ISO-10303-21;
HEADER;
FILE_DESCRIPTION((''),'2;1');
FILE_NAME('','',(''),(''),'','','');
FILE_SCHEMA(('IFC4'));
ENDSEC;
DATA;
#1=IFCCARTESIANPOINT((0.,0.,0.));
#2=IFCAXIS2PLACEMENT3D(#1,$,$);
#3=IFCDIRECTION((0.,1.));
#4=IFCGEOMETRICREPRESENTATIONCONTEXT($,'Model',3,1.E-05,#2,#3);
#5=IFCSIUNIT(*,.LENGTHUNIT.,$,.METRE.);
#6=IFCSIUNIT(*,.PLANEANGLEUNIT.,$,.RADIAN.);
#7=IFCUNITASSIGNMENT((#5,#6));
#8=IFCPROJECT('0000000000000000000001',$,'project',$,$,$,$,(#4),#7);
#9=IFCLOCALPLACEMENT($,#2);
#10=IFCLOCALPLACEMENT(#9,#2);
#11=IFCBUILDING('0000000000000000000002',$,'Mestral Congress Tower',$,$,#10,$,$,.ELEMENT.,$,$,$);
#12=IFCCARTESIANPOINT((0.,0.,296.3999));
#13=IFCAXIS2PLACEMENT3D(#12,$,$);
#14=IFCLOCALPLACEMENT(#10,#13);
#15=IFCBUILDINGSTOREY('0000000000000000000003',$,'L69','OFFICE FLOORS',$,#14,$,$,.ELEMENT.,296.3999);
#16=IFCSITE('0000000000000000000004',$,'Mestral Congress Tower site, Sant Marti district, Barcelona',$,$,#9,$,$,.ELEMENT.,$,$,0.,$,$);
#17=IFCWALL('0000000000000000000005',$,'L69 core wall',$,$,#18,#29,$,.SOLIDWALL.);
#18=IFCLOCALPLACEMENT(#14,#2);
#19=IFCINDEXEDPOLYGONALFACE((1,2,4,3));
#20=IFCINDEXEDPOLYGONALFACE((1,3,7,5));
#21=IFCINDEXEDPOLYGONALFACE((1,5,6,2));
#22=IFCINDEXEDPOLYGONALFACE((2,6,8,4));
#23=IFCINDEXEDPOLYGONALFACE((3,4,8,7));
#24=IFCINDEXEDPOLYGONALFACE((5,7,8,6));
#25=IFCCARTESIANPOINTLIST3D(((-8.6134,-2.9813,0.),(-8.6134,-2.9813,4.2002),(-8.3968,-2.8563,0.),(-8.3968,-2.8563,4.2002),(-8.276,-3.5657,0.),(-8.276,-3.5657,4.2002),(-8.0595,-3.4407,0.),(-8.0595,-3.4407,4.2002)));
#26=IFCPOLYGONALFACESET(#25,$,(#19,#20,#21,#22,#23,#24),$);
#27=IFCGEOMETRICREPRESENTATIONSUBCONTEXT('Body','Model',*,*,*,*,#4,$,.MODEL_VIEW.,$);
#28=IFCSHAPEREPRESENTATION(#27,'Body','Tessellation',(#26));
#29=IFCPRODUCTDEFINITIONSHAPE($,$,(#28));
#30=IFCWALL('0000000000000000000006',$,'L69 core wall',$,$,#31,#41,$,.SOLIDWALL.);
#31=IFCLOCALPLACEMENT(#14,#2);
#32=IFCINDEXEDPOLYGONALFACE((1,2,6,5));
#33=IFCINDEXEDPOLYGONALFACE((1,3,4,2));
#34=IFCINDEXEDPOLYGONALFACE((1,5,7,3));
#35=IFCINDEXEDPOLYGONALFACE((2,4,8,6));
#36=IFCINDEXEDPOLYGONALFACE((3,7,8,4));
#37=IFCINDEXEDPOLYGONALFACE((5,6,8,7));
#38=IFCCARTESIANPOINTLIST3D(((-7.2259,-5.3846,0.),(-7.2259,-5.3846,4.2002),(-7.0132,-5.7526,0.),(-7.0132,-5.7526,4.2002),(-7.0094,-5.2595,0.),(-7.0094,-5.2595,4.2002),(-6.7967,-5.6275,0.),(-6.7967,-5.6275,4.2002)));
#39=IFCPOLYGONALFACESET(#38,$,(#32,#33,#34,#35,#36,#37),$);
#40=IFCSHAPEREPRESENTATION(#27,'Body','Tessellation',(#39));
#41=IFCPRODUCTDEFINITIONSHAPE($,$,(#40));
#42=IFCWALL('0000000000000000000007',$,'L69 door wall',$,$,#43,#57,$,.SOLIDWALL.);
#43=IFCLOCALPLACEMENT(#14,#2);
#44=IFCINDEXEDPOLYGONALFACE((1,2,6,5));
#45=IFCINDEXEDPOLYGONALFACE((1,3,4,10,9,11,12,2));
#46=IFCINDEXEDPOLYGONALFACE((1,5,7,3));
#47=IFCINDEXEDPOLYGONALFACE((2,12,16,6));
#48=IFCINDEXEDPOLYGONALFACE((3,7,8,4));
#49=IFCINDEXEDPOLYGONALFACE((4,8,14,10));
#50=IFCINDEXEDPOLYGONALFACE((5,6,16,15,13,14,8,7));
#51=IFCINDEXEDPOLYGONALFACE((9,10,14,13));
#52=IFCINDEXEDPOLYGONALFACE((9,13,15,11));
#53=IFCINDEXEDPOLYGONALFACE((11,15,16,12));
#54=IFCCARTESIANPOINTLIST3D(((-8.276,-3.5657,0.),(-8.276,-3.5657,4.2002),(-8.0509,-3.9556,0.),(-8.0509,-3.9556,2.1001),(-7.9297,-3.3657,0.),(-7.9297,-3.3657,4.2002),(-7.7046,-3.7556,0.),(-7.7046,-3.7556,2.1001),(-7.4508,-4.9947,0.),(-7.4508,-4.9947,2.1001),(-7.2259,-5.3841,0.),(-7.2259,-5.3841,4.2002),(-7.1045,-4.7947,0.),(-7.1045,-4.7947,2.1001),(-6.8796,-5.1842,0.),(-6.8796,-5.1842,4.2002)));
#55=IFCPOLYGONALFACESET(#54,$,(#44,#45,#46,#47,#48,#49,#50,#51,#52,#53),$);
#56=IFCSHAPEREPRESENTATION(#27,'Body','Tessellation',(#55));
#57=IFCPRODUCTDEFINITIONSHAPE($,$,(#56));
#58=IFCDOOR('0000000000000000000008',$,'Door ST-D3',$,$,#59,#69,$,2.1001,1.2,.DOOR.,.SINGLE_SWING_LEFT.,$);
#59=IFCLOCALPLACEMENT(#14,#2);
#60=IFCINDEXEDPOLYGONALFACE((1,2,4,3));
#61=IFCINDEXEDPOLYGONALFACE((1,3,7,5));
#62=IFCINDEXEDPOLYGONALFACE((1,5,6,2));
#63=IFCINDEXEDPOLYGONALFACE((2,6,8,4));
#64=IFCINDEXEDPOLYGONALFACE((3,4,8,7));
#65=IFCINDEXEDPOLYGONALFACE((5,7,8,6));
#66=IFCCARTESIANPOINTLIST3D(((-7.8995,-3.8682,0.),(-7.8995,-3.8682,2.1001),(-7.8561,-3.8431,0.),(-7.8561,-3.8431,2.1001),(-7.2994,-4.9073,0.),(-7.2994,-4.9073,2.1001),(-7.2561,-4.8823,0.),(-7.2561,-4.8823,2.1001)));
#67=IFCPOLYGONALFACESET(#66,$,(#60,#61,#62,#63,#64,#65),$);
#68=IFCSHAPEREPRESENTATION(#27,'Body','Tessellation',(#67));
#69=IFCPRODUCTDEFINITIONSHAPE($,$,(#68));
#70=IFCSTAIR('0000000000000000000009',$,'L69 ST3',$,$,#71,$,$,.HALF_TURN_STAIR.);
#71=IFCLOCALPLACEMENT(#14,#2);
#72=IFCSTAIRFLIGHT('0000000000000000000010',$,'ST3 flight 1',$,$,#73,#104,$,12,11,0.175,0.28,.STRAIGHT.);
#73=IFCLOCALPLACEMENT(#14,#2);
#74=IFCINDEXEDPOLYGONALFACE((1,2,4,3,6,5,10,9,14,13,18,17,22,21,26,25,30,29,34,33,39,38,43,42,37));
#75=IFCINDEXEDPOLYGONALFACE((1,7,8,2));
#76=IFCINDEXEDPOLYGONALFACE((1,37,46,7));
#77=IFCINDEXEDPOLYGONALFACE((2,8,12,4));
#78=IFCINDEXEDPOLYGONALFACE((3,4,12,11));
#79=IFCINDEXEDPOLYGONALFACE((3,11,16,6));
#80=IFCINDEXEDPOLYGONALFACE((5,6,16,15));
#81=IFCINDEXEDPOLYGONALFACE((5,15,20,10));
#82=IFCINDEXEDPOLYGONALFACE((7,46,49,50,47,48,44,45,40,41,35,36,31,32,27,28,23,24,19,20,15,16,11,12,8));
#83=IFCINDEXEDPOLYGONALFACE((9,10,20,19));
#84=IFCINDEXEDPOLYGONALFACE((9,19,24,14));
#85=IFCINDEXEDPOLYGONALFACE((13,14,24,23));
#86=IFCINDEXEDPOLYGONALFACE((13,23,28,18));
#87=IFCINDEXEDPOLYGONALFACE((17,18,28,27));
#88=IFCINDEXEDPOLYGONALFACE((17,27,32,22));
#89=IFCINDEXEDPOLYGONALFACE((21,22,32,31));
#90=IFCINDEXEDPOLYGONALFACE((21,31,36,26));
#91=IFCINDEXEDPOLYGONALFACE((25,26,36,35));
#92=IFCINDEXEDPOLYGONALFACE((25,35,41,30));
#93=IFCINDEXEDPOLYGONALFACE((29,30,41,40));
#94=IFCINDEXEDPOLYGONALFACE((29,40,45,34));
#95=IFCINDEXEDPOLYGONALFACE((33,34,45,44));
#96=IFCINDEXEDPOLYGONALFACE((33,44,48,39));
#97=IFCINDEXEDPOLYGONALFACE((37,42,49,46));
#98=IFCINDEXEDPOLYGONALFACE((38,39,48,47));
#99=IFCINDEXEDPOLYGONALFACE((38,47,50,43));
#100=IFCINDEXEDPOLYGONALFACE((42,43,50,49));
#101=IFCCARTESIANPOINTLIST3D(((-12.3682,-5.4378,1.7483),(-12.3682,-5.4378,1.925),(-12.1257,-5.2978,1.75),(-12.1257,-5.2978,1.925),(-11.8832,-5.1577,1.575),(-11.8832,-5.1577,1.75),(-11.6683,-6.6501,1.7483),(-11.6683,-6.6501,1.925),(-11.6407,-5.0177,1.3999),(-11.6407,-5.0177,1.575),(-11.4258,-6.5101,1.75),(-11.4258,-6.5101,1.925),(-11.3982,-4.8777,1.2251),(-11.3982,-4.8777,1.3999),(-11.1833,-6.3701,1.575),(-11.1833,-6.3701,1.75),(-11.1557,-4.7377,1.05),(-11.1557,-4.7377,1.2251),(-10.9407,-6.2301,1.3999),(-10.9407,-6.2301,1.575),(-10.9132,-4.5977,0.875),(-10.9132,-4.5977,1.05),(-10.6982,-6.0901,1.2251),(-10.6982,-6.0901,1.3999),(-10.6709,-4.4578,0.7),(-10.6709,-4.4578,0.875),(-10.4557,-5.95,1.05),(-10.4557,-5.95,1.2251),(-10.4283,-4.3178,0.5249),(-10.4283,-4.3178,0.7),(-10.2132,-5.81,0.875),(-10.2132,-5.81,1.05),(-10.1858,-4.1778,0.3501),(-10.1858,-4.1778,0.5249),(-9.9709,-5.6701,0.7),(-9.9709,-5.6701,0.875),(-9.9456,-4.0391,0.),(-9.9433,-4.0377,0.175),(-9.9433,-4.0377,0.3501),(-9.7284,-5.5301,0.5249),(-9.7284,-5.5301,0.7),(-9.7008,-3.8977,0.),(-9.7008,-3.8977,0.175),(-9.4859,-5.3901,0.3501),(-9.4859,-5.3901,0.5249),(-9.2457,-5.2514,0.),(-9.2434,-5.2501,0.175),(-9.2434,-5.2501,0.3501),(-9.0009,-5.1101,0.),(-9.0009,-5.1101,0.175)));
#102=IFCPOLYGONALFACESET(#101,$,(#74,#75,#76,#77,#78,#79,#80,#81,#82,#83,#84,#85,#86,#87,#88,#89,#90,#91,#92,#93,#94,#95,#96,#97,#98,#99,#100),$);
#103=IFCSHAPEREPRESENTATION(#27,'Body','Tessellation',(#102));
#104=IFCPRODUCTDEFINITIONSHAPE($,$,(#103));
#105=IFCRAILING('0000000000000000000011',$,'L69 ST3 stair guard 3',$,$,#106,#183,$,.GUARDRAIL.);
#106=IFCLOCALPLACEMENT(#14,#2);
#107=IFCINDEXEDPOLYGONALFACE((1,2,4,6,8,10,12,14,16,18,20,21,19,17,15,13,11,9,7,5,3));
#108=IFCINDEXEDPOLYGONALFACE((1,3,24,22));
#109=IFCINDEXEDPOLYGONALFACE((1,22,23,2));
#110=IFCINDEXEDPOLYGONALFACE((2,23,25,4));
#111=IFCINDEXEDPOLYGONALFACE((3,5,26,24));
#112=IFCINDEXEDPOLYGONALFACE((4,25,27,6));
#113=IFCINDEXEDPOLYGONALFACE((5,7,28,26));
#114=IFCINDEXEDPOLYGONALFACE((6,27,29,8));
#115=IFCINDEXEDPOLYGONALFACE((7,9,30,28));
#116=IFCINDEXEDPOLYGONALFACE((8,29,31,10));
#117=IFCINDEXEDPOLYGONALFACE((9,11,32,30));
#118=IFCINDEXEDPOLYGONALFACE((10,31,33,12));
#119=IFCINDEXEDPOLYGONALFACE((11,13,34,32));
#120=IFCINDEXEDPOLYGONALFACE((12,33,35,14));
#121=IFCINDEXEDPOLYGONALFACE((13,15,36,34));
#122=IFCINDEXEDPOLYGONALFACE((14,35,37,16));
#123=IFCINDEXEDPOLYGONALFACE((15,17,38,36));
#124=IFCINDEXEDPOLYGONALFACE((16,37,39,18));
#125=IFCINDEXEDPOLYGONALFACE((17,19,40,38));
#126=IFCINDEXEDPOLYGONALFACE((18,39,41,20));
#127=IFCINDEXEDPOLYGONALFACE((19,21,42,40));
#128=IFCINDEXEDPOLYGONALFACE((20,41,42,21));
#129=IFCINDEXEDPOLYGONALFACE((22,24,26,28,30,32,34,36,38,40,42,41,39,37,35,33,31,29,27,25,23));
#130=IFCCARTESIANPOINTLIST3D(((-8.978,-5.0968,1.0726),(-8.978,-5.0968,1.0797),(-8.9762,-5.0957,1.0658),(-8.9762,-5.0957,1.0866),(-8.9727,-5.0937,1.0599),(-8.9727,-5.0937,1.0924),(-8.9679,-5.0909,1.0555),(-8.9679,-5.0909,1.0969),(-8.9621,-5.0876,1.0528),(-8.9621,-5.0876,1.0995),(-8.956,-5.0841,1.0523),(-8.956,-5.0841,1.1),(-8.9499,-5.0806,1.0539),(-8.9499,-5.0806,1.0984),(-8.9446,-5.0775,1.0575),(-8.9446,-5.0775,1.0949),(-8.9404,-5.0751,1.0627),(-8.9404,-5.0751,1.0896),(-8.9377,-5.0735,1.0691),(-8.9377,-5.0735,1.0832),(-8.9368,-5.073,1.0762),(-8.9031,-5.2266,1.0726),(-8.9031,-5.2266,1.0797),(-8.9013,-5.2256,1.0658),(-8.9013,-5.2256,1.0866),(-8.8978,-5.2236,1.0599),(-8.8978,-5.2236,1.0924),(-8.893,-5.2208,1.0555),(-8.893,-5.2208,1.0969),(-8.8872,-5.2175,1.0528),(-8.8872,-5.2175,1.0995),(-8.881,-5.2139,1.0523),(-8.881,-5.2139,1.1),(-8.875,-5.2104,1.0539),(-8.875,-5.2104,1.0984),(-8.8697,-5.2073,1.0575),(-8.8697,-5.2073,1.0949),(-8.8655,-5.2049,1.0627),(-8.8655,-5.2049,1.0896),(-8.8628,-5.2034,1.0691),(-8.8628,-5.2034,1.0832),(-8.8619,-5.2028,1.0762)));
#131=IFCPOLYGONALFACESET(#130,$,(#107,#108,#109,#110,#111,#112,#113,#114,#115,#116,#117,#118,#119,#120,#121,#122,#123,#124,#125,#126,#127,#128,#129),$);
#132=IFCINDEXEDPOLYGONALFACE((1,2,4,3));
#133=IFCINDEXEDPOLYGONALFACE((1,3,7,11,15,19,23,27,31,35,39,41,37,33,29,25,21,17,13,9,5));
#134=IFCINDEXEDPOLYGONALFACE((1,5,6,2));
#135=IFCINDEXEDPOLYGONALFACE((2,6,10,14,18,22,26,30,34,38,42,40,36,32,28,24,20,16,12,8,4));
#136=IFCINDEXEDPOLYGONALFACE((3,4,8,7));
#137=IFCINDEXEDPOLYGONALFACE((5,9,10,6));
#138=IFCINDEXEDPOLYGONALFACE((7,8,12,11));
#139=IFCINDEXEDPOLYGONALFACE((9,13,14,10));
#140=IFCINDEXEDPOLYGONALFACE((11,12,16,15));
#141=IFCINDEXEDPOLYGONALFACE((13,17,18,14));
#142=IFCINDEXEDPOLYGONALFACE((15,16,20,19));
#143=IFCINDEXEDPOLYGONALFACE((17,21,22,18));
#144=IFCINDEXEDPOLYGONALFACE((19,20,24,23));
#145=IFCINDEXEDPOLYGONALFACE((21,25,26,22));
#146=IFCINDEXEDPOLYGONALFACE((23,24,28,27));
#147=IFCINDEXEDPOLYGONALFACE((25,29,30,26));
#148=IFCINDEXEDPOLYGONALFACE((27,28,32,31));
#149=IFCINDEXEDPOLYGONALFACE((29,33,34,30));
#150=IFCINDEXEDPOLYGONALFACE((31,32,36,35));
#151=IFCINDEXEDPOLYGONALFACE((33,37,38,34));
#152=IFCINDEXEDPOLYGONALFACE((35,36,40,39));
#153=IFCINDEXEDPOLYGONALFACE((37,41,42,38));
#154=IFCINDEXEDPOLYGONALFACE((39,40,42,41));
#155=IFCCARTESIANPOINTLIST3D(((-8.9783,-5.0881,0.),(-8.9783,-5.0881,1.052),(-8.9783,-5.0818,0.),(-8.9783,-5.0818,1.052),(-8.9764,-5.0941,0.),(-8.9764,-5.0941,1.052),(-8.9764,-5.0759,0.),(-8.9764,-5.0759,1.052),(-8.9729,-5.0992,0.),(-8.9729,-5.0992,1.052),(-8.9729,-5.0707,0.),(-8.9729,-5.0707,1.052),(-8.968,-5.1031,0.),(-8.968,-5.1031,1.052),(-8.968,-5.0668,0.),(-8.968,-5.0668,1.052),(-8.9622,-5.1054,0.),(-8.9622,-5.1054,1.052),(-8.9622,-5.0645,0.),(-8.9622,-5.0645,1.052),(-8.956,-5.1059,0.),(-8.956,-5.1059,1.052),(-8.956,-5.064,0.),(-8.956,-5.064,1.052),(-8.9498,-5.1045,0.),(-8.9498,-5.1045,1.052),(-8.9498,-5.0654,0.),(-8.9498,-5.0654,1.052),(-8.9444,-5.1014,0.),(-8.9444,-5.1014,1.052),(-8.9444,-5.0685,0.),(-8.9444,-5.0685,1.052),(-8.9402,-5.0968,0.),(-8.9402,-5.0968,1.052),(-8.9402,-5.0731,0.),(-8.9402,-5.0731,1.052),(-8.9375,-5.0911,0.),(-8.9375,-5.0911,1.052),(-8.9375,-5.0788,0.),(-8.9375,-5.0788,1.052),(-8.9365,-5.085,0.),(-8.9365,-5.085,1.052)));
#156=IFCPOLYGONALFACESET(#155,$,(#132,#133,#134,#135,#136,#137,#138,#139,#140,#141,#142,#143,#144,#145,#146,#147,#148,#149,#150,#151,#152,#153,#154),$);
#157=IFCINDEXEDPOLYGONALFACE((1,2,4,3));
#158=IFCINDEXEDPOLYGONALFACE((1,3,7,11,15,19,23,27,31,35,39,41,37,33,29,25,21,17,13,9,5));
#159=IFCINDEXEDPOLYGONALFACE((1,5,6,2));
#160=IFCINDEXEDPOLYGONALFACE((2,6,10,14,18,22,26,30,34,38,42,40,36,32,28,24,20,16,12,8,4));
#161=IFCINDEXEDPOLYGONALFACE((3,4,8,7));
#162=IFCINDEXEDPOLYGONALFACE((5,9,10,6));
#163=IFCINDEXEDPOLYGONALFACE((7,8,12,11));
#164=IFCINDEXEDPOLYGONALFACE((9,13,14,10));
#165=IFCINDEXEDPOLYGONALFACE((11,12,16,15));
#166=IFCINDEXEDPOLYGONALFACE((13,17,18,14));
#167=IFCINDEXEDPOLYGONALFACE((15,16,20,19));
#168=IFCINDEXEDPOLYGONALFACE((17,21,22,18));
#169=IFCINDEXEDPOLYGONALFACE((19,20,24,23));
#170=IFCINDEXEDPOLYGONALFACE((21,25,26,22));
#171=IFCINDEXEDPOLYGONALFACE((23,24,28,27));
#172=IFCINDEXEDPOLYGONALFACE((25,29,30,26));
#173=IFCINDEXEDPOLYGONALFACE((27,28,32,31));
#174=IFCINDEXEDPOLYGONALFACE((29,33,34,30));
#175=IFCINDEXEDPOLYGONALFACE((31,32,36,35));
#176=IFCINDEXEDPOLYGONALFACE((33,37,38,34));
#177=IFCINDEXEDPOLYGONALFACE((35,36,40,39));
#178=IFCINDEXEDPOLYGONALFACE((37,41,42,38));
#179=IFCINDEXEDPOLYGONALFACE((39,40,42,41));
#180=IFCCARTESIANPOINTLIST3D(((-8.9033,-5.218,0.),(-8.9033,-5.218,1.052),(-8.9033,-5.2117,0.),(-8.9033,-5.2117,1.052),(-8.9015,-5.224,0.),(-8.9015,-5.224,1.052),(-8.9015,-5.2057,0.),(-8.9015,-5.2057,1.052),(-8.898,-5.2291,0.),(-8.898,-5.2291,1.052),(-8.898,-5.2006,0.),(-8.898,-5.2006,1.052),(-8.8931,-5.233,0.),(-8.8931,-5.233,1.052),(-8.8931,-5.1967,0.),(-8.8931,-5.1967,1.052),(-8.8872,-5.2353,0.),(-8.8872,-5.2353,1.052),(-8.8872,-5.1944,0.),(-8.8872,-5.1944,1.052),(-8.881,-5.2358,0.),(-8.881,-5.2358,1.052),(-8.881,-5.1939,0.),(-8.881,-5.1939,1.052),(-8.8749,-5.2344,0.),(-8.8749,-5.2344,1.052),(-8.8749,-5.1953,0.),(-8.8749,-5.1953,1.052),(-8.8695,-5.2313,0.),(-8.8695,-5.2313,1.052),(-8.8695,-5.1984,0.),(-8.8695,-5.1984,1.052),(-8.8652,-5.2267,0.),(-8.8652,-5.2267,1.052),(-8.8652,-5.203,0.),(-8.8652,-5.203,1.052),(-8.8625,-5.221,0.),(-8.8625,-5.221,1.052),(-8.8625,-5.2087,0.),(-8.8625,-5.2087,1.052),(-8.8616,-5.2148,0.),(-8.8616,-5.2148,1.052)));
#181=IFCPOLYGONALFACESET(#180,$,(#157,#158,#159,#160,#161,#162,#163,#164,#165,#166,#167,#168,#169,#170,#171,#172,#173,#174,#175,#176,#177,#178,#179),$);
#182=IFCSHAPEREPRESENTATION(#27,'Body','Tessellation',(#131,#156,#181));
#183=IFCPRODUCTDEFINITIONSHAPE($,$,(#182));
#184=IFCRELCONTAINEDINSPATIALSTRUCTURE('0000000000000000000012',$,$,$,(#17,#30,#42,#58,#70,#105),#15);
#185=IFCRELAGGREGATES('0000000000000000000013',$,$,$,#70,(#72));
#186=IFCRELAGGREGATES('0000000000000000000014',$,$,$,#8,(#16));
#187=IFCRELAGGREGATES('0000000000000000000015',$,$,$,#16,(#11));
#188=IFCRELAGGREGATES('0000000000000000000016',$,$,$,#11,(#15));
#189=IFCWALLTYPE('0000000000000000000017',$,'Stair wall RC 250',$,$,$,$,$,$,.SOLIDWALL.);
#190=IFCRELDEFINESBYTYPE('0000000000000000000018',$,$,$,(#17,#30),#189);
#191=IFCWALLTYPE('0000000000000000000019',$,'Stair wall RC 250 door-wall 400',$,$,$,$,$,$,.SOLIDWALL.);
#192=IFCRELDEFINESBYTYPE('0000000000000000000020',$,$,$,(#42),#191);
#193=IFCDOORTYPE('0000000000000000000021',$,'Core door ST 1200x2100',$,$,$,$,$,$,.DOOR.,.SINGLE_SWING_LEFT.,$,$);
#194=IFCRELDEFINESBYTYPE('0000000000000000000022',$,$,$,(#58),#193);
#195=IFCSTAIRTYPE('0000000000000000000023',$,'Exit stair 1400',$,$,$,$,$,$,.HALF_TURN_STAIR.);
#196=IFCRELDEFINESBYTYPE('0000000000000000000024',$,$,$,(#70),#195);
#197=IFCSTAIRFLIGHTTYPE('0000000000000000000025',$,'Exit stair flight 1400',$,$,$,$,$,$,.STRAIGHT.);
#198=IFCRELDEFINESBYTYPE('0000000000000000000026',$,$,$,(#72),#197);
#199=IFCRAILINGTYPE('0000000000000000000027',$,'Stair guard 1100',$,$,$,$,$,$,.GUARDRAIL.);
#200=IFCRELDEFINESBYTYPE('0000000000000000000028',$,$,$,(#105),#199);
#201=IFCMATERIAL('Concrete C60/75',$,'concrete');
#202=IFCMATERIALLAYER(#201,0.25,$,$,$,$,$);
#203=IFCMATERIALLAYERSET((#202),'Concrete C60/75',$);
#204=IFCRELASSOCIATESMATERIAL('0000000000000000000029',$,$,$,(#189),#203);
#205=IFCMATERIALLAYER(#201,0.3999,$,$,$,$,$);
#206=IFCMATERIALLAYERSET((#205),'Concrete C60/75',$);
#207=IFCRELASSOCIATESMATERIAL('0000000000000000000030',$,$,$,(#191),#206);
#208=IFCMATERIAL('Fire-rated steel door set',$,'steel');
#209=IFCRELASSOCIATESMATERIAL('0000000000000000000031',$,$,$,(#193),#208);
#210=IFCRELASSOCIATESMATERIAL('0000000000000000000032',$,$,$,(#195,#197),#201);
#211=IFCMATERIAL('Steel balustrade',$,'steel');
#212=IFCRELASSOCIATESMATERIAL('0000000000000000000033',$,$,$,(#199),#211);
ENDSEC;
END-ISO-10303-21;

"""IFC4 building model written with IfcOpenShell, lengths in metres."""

from ifc_helpers import new_model, si_unit, direction, frame, frame_2d, origin, origin_2d, place, context, subcontext, project, spatial, polyline, rectangle, circle, outline, extrude, material, layer, layer_set, type_object, element, fill, aggregate, save


model = new_model("IFC4")

# Units and contexts
model_context = context("Model", 3, precision=1e-05, world=origin(), true_north=direction((0.0, 1.0)))
body_context = subcontext(model_context, "Body", "Model", "MODEL_VIEW")
ifc_project = project(units=[si_unit("LENGTHUNIT", "METRE"), si_unit("PLANEANGLEUNIT", "RADIAN")], contexts=[model_context])

# Site, building, storey
site_placement = place(None, origin())
site = spatial("IfcSite", under=ifc_project, at=site_placement, Name="Mestral Congress Tower site, Sant Marti district, Barcelona", CompositionType="ELEMENT", RefElevation=0.0)
building_placement = place(site_placement, origin())
building = spatial("IfcBuilding", under=site, at=building_placement, Name="Mestral Congress Tower", CompositionType="ELEMENT")
storey_placement = place(building_placement, frame((0.0, 0.0, 296.3999)))
storey = spatial("IfcBuildingStorey", under=building, at=storey_placement, Name="L69", Description="OFFICE FLOORS", CompositionType="ELEMENT", Elevation=296.3999)

# Shared definitions
ifc_material_1 = material(Name="Concrete C60/75", Category="concrete")

# Shared definitions
ifc_material_2 = material(Name="Fire-rated steel door set", Category="steel")

# Walls
ifc_layer_1 = layer(ifc_material_1, 0.25)
ifc_layer_set_1 = layer_set([ifc_layer_1], Name="Concrete C60/75")
wall_type_1 = type_object("IfcWallType", Name="Stair wall RC 250", PredefinedType="SOLIDWALL", material=ifc_layer_set_1)
wall_1_placement = place(storey_placement, frame((-8.1677, -3.5032, 0.0), z_axis=(0.0, 0.0, 1.0), x_axis=(-0.499952, 0.866053, 0.0)))
element("IfcWall", 1, at=wall_1_placement, inside=storey, type_object=wall_type_1, Name="L69 core wall", PredefinedType="SOLIDWALL", context=body_context, shape_type="SweptSolid", body=[
    extrude(rectangle(XDim=0.6748, YDim=0.25, at=frame_2d((0.3374, 0.0))), origin(), (0.0, 0.0, 1.0), 4.2002),
])
wall_2_placement = place(storey_placement, frame((-6.905, -5.6899, 0.0), z_axis=(0.0, 0.0, 1.0), x_axis=(-0.500402, 0.865793, 0.0)))
element("IfcWall", 2, at=wall_2_placement, inside=storey, type_object=wall_type_1, Name="L69 core wall", PredefinedType="SOLIDWALL", context=body_context, shape_type="SweptSolid", body=[
    extrude(rectangle(XDim=0.425, YDim=0.25, at=frame_2d((0.2124, 0.0))), origin(), (0.0, 0.0, 1.0), 4.2002),
])

# Wall, opening, door
ifc_layer_2 = layer(ifc_material_1, 0.3999)
ifc_layer_set_2 = layer_set([ifc_layer_2], Name="Concrete C60/75")
wall_type_2 = type_object("IfcWallType", Name="Stair wall RC 250 door-wall 400", PredefinedType="SOLIDWALL", material=ifc_layer_set_2)
wall_3_placement = place(storey_placement, frame((-8.1028, -3.4658, 0.0), z_axis=(0.0, 0.0, 1.0), x_axis=(0.500078, -0.86598, 0.0)))
wall_3 = element("IfcWall", 3, at=wall_3_placement, inside=storey, type_object=wall_type_2, Name="L69 door wall", PredefinedType="SOLIDWALL", context=body_context, shape_type="SweptSolid", body=[
    extrude(rectangle(XDim=2.0999, YDim=0.3999, at=frame_2d((1.0498, 0.0))), origin(), (0.0, 0.0, 1.0), 4.2002),
])
opening_1_placement = place(wall_3_placement, frame((0.45, 0.0, 0.0)))
opening_1 = element("IfcOpeningElement", 4, at=opening_1_placement, cuts=wall_3, PredefinedType="OPENING", context=body_context, shape_type="SweptSolid", body=[
    extrude(rectangle(XDim=1.2, YDim=2.1001, at=frame_2d((0.6001, 1.05))), frame((0.0, 0.21, 0.0), z_axis=(0.0, -1.0, 0.0), x_axis=(1.0, 0.0, 0.0)), (0.0, 0.0, 1.0), 0.4199),
])
door_type_1 = type_object("IfcDoorType", Name="Core door ST 1200x2100", OperationType="SINGLE_SWING_LEFT", PredefinedType="DOOR", material=ifc_material_2)
door_1_placement = place(opening_1_placement, origin())
door_1 = element("IfcDoor", 5, at=door_1_placement, inside=storey, type_object=door_type_1, Name="Door ST-D3", OperationType="SINGLE_SWING_LEFT", OverallHeight=2.1001, OverallWidth=1.2, PredefinedType="DOOR", context=body_context, shape_type="SweptSolid", body=[
    extrude(rectangle(XDim=1.2, YDim=2.1001, at=frame_2d((0.6001, 1.05))), frame((0.0, 0.0249, 0.0), z_axis=(0.0, -1.0, 0.0), x_axis=(1.0, 0.0, 0.0)), (0.0, 0.0, 1.0), 0.05),
])
fill(opening_1, door_1)

# Stair, stair flight
stair_type = type_object("IfcStairType", Name="Exit stair 1400", PredefinedType="HALF_TURN_STAIR", material=ifc_material_1)
stair_placement = place(storey_placement, origin())
stair = element("IfcStair", 6, at=stair_placement, inside=storey, type_object=stair_type, Name="L69 ST3", PredefinedType="HALF_TURN_STAIR")
stair_flight_type = type_object("IfcStairFlightType", Name="Exit stair flight 1400", PredefinedType="STRAIGHT", material=ifc_material_1)
stair_flight_placement = place(storey_placement, frame((-9.3508, -4.5039, 0.0), z_axis=(0.0, 0.0, 1.0), x_axis=(-0.866025, -0.5, 0.0)))
stair_flight = element("IfcStairFlight", 7, at=stair_flight_placement, type_object=stair_flight_type, Name="ST3 flight 1", NumberOfRisers=12, NumberOfTreads=11, PredefinedType="STRAIGHT", RiserHeight=0.175, TreadLength=0.28, context=body_context, shape_type="SweptSolid", body=[
    extrude(outline(polyline([(0.0, 0.0), (0.0, 0.175), (0.28, 0.175), (0.28, 0.3501), (0.5601, 0.3501), (0.5601, 0.5249), (0.8401, 0.5249), (0.8401, 0.7), (1.1201, 0.7), (1.1201, 0.875), (1.3999, 0.875), (1.3999, 1.05), (1.6799, 1.05), (1.6799, 1.2251), (1.96, 1.2251), (1.96, 1.3999), (2.24, 1.3999), (2.24, 1.575), (2.52, 1.575), (2.52, 1.75), (2.8, 1.75), (2.8, 1.925), (3.0801, 1.925), (3.0801, 2.1001), (3.0801, 1.7483), (0.2827, 0.0), (0.0, 0.0)])), frame((0.0, 0.7, 0.0), z_axis=(0.0, -1.0, 0.0), x_axis=(1.0, 0.0, 0.0)), (0.0, 0.0, 1.0), 1.3999),
])
aggregate(stair, [stair_flight])

# Railing
ifc_material_3 = material(Name="Steel balustrade", Category="steel")
railing_type_1 = type_object("IfcRailingType", Name="Stair guard 1100", PredefinedType="GUARDRAIL", material=ifc_material_3)
railing_1_placement = place(storey_placement, frame((-8.9575, -5.085, 0.0)))
element("IfcRailing", 8, at=railing_1_placement, inside=storey, type_object=railing_type_1, Name="L69 ST3 stair guard 3", PredefinedType="GUARDRAIL", context=body_context, shape_type="SweptSolid", body=[
    extrude(circle(Radius=0.0239, at=origin_2d()), frame((0.0, 0.0, 1.0762), z_axis=(0.499816, -0.866131, 0.0), x_axis=(0.866131, 0.499816, 0.0)), (0.0, 0.0, 1.0), 0.1499),
    extrude(circle(Radius=0.021, at=origin_2d()), origin(), (0.0, 0.0, 1.0), 1.052),
    extrude(circle(Radius=0.021, at=origin_2d()), frame((0.075, -0.1299, 0.0)), (0.0, 0.0, 1.0), 1.052),
])

save(model, "model.ifc")
